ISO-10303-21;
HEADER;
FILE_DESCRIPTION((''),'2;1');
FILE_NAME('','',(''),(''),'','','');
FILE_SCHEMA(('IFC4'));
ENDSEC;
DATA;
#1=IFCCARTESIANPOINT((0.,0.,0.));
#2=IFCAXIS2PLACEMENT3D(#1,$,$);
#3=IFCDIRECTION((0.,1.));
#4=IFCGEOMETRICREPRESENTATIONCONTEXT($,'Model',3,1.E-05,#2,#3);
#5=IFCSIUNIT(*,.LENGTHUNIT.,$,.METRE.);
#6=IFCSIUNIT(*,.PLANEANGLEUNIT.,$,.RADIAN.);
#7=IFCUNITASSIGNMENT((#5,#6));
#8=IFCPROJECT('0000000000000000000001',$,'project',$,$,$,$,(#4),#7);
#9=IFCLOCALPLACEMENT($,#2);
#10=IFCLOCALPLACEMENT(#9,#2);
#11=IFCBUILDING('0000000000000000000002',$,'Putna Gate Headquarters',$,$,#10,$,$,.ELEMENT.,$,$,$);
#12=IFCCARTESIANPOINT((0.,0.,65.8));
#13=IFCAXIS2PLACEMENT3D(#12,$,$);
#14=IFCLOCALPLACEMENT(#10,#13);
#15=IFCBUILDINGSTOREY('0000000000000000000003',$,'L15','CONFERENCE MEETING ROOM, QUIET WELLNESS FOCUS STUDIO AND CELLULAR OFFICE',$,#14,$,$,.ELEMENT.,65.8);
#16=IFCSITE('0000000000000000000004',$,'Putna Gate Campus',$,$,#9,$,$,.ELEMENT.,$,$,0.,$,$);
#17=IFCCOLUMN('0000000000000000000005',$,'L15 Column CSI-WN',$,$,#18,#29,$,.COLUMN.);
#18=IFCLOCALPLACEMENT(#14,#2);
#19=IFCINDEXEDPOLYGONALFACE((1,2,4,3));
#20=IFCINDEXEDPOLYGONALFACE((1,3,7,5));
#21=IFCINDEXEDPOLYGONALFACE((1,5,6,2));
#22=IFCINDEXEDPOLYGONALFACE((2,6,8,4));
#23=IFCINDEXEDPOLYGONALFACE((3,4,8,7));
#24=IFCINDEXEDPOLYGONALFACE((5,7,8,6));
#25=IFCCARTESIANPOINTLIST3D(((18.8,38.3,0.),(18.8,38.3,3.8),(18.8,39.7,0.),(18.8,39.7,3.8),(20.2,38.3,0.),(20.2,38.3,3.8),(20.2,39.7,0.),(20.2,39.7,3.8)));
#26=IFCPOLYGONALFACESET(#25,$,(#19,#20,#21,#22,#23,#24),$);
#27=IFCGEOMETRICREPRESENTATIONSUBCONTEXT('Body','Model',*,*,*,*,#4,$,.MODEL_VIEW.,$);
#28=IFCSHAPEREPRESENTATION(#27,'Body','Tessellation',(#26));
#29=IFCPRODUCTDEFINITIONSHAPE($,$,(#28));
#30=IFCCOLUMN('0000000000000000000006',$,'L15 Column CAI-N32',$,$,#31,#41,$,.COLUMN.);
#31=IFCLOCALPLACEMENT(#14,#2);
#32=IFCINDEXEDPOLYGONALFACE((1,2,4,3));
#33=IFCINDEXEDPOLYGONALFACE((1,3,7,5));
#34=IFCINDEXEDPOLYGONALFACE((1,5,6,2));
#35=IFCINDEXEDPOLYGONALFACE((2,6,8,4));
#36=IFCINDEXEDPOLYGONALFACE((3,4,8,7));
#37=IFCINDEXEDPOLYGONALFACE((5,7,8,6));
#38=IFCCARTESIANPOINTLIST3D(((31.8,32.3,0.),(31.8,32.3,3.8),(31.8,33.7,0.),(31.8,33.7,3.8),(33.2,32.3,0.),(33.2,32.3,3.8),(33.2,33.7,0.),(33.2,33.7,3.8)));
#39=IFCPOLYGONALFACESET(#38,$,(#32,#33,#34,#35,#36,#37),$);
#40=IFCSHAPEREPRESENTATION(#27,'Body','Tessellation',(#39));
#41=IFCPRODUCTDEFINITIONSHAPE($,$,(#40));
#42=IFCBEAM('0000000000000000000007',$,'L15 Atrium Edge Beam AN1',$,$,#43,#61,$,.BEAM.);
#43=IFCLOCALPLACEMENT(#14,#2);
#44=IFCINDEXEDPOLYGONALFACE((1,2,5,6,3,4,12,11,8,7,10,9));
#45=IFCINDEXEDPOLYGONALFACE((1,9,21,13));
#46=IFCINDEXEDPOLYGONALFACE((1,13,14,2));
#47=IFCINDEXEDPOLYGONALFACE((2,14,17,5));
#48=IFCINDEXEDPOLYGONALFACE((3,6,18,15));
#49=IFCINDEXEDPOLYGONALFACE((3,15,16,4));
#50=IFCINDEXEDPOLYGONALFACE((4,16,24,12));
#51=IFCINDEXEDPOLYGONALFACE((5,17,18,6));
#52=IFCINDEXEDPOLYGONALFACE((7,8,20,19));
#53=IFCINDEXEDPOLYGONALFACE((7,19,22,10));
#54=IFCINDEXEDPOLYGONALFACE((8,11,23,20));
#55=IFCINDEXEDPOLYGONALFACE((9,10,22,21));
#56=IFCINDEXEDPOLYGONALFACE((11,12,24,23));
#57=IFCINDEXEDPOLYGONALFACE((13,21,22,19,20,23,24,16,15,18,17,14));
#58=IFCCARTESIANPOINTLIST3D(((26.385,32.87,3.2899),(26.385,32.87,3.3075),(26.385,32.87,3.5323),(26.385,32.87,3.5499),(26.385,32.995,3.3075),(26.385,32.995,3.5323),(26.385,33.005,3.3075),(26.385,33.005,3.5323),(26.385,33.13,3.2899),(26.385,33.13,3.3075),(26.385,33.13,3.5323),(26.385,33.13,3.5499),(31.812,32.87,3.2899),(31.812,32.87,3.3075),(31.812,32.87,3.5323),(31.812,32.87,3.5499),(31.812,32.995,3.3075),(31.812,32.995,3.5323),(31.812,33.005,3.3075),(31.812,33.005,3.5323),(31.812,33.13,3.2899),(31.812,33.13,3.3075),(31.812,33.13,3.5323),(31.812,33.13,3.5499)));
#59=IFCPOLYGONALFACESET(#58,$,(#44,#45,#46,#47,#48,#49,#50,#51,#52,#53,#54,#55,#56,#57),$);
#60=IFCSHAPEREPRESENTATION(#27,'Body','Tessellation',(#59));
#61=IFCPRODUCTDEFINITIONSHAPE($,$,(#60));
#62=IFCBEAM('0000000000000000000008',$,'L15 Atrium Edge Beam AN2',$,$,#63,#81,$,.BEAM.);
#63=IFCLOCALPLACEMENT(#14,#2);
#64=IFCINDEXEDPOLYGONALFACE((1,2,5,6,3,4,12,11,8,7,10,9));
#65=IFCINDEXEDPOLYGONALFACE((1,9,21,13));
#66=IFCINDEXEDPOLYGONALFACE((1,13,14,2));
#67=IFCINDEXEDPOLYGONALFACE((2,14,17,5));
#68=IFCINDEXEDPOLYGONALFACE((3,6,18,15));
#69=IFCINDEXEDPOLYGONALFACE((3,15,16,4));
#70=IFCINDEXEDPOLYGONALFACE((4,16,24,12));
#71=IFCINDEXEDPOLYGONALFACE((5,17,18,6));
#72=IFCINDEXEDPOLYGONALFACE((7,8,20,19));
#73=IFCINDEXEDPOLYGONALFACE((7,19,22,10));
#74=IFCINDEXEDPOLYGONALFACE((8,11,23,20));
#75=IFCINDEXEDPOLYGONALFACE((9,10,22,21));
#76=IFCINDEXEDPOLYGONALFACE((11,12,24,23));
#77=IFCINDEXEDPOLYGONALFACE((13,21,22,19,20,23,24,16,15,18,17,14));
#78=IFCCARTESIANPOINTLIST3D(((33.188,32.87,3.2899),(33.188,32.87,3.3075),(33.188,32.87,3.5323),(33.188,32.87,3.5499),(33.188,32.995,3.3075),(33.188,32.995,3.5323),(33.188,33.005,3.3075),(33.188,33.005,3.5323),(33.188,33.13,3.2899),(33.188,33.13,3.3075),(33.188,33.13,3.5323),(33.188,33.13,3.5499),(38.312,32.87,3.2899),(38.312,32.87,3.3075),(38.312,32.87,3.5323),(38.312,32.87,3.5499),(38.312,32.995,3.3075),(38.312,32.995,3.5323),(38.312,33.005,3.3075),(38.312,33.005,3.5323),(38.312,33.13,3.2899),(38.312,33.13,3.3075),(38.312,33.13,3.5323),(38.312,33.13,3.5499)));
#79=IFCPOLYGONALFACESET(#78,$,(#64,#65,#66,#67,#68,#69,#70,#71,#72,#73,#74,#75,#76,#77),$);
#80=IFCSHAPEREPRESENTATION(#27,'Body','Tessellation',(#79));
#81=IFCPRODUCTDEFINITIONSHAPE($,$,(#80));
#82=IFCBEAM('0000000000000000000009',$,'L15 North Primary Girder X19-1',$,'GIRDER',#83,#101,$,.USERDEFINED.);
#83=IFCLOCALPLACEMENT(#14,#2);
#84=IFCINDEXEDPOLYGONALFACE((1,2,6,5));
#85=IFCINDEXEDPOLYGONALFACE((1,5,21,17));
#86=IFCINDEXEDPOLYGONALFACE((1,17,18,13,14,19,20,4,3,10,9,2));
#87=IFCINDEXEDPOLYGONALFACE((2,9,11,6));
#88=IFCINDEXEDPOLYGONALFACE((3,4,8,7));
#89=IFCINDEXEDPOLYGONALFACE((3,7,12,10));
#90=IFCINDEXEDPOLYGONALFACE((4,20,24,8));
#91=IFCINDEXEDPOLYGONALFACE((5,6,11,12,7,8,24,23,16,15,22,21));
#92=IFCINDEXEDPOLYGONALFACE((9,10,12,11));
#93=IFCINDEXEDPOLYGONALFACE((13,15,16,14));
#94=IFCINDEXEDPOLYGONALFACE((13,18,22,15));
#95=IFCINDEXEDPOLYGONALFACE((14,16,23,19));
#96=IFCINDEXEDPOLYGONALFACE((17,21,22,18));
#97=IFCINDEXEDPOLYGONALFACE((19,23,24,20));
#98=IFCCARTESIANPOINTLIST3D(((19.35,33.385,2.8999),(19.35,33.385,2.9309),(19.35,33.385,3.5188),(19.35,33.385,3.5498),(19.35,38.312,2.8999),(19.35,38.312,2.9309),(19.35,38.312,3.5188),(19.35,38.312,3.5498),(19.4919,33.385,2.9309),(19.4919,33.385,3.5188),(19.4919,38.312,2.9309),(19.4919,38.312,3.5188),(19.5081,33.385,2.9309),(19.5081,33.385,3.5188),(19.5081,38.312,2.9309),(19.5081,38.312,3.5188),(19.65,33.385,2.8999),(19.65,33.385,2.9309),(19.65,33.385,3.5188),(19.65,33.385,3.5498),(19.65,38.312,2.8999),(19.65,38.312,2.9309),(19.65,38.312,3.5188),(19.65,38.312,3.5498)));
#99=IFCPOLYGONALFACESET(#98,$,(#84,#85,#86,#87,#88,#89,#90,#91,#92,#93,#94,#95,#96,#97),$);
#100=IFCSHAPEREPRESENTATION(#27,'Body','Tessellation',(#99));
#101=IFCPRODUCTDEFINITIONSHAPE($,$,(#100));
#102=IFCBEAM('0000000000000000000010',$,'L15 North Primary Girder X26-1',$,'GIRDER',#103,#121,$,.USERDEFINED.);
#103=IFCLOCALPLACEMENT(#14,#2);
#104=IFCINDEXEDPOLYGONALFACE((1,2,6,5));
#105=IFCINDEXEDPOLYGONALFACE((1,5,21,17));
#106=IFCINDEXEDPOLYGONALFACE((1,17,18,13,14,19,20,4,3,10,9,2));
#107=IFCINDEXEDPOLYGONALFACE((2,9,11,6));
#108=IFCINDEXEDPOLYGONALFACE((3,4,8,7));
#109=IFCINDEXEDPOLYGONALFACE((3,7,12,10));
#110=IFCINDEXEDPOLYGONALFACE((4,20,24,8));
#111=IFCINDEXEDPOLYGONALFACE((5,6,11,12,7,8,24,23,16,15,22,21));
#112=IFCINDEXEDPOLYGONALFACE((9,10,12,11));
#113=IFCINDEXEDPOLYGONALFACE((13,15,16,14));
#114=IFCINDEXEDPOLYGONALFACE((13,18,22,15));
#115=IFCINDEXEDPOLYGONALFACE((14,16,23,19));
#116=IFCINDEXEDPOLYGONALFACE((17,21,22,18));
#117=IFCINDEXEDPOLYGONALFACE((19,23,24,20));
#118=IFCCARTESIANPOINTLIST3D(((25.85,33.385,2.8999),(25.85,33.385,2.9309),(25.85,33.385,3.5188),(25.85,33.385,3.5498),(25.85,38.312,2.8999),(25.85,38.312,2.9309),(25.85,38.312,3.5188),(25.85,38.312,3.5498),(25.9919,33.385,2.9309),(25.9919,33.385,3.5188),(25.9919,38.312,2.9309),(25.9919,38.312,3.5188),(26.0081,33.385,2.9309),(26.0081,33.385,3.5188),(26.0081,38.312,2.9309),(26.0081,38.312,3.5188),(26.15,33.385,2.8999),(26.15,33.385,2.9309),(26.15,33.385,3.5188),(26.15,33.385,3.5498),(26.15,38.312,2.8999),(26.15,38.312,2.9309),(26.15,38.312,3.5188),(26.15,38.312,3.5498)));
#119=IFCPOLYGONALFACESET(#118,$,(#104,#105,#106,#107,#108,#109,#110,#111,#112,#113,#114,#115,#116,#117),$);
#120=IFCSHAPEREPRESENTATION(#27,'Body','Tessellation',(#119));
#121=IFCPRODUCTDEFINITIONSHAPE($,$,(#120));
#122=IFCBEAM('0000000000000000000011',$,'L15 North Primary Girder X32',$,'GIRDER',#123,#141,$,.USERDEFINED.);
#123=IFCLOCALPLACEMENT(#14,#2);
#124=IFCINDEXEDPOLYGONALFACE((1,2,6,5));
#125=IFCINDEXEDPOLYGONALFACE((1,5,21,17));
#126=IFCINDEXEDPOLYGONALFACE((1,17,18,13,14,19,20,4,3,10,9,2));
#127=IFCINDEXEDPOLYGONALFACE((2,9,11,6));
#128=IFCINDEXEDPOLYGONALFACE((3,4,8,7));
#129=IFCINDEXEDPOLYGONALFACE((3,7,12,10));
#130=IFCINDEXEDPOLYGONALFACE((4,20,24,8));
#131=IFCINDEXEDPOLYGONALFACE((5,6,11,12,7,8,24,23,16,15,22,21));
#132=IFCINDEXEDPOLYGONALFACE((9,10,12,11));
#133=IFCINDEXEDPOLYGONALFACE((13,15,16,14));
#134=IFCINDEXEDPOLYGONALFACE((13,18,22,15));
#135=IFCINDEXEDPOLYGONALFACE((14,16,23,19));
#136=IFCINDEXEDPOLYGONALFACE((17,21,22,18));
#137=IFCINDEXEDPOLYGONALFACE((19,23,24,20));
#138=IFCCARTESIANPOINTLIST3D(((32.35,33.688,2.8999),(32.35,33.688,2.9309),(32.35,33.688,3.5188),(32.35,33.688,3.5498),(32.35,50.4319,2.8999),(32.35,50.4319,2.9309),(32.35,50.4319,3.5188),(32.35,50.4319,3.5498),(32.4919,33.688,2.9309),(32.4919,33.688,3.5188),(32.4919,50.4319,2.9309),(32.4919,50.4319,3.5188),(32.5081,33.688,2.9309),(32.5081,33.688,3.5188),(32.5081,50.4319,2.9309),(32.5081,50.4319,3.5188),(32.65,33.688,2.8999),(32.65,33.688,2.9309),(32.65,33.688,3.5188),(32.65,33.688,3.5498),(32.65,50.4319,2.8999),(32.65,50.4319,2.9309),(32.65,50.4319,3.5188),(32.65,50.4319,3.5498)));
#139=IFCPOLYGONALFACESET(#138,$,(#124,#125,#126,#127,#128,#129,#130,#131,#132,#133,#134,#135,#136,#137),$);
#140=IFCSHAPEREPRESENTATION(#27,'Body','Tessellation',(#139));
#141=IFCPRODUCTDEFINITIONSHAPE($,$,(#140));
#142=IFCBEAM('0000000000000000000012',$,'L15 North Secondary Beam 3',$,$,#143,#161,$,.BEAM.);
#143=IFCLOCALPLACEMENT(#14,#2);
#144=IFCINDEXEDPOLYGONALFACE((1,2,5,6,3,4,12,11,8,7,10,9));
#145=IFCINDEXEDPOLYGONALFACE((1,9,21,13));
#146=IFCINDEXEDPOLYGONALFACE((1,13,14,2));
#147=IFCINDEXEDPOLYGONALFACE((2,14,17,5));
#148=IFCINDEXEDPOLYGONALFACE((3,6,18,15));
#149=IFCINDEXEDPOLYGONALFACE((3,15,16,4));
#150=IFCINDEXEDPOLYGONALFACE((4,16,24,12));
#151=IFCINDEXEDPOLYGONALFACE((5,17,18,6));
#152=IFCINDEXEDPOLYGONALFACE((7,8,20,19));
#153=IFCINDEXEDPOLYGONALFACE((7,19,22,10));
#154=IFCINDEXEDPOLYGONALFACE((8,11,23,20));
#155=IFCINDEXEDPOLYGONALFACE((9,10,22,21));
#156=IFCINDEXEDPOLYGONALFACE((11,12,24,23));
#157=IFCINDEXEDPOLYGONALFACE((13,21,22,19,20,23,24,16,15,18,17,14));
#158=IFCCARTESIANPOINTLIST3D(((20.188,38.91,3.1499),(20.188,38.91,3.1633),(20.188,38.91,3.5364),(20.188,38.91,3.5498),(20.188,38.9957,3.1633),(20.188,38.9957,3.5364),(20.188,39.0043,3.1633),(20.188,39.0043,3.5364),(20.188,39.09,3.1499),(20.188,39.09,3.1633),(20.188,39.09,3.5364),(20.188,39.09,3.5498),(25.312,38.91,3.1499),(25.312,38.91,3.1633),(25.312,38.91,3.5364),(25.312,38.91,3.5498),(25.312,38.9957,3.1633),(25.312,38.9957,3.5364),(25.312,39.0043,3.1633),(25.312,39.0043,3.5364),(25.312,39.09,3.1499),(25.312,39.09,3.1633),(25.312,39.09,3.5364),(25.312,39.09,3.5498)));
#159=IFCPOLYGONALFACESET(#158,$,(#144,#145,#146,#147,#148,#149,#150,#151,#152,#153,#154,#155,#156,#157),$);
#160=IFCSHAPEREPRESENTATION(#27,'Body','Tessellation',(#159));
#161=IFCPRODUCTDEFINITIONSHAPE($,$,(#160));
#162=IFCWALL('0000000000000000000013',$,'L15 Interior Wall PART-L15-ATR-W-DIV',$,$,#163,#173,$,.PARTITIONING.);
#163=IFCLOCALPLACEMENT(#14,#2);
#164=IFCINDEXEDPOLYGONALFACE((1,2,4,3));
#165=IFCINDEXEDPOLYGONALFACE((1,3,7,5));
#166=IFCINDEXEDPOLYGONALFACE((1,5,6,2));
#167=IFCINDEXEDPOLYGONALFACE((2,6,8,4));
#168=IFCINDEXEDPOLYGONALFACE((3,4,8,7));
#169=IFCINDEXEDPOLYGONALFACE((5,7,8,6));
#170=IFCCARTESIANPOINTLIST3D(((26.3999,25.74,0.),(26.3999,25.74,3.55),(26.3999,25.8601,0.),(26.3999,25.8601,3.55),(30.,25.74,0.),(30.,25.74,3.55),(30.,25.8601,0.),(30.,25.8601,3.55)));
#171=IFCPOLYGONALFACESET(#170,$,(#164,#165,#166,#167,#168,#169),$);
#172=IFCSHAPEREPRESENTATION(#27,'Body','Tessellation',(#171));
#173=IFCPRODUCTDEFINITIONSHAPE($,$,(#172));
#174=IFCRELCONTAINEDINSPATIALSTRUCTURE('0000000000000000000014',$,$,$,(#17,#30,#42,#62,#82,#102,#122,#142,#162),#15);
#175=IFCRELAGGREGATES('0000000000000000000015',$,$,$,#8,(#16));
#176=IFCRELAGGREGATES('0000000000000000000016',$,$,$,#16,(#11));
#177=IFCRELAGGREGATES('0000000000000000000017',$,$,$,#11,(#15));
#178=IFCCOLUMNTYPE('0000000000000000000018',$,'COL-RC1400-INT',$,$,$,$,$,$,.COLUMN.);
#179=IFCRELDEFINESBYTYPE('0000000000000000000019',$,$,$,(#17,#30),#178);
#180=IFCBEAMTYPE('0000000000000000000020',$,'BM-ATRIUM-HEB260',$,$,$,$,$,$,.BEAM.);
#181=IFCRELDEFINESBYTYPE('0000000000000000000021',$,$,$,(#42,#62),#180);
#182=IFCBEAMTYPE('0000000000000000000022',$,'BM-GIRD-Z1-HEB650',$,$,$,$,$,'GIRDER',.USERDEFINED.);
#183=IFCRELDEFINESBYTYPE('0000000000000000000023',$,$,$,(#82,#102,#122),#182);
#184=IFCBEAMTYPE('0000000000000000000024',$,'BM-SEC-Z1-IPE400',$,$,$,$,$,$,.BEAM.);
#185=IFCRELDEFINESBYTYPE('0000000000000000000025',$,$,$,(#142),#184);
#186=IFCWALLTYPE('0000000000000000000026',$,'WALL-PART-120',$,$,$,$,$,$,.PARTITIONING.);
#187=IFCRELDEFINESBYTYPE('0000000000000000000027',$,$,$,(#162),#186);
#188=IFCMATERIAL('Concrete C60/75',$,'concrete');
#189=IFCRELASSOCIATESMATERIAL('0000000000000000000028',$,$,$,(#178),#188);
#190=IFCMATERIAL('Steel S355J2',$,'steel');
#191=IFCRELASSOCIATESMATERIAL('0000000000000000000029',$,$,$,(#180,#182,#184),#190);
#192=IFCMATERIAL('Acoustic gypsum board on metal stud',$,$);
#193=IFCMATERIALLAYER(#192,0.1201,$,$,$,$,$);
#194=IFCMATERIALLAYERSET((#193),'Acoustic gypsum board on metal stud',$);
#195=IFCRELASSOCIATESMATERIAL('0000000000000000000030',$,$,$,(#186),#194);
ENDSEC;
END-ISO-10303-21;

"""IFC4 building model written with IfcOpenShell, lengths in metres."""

from ifc_helpers import new_model, si_unit, direction, frame, frame_2d, origin, origin_2d, place, context, subcontext, project, spatial, rectangle, i_section, extrude, material, layer, layer_set, material_profile, profile_set, type_object, element, save


model = new_model("IFC4")

# Units and contexts
model_context = context("Model", 3, precision=1e-05, world=origin(), true_north=direction((0.0, 1.0)))
body_context = subcontext(model_context, "Body", "Model", "MODEL_VIEW")
ifc_project = project(units=[si_unit("LENGTHUNIT", "METRE"), si_unit("PLANEANGLEUNIT", "RADIAN")], contexts=[model_context])

# Site, building, storey
site_placement = place(None, origin())
site = spatial("IfcSite", under=ifc_project, at=site_placement, Name="Putna Gate Campus", CompositionType="ELEMENT", RefElevation=0.0)
building_placement = place(site_placement, origin())
building = spatial("IfcBuilding", under=site, at=building_placement, Name="Putna Gate Headquarters", CompositionType="ELEMENT")
storey_placement = place(building_placement, frame((0.0, 0.0, 65.8)))
storey = spatial("IfcBuildingStorey", under=building, at=storey_placement, Name="L15", Description="CONFERENCE MEETING ROOM, QUIET WELLNESS FOCUS STUDIO AND CELLULAR OFFICE", CompositionType="ELEMENT", Elevation=65.8)

# Columns
ifc_material_1 = material(Name="Concrete C60/75", Category="concrete")
ifc_material_profile_1 = material_profile(ifc_material_1, rectangle(XDim=1.3999, YDim=1.3999, at=origin_2d()), Name="Concrete C60/75")
ifc_profile_set_1 = profile_set([ifc_material_profile_1], Name="Concrete C60/75")
column_type = type_object("IfcColumnType", Name="COL-RC1400-INT", PredefinedType="COLUMN", material=ifc_profile_set_1)
for number, where, z_axis, x_axis, name in (
    (1, (19.5, 39.0, 0.0), (0.0, 0.0, 1.0), (1.0, 0.0, 0.0), "L15 Column CSI-WN"),
    (2, (32.5, 33.0, 0.0), (0.0, 0.0, 1.0), (1.0, 0.0, 0.0), "L15 Column CAI-N32"),
):
    element("IfcColumn", number, at=place(storey_placement, frame(where, z_axis=z_axis, x_axis=x_axis)), inside=storey, type_object=column_type, Name=name, PredefinedType="COLUMN", context=body_context, shape_type="SweptSolid", body=[
        extrude(rectangle(XDim=1.3999, YDim=1.3999, at=origin_2d()), origin(), (0.0, 0.0, 1.0), 3.8),
    ])

# Beams
ifc_material_2 = material(Name="Steel S355J2", Category="steel")
ifc_material_profile_2 = material_profile(ifc_material_2, i_section(OverallWidth=0.26, OverallDepth=0.26, WebThickness=0.01, FlangeThickness=0.0176, at=origin_2d()), Name="Steel S355J2")
ifc_profile_set_2 = profile_set([ifc_material_profile_2], Name="Steel S355J2")
beam_type_1 = type_object("IfcBeamType", Name="BM-ATRIUM-HEB260", PredefinedType="BEAM", material=ifc_profile_set_2)
beam_1_placement = place(storey_placement, frame((26.385, 33.0, 3.4199), z_axis=(1.0, 0.0, 0.0), x_axis=(0.0, 1.0, 0.0)))
element("IfcBeam", 3, at=beam_1_placement, inside=storey, type_object=beam_type_1, Name="L15 Atrium Edge Beam AN1", PredefinedType="BEAM", context=body_context, shape_type="SweptSolid", body=[
    extrude(i_section(OverallWidth=0.26, OverallDepth=0.26, WebThickness=0.01, FlangeThickness=0.0176, at=origin_2d()), origin(), (0.0, 0.0, 1.0), 5.427),
])
beam_2_placement = place(storey_placement, frame((33.188, 33.0, 3.4199), z_axis=(1.0, 0.0, 0.0), x_axis=(0.0, 1.0, 0.0)))
element("IfcBeam", 4, at=beam_2_placement, inside=storey, type_object=beam_type_1, Name="L15 Atrium Edge Beam AN2", PredefinedType="BEAM", context=body_context, shape_type="SweptSolid", body=[
    extrude(i_section(OverallWidth=0.26, OverallDepth=0.26, WebThickness=0.01, FlangeThickness=0.0176, at=origin_2d()), origin(), (0.0, 0.0, 1.0), 5.124),
])
ifc_material_profile_3 = material_profile(ifc_material_2, i_section(OverallWidth=0.3, OverallDepth=0.6499, WebThickness=0.0161, FlangeThickness=0.031, at=origin_2d()), Name="Steel S355J2")
ifc_profile_set_3 = profile_set([ifc_material_profile_3], Name="Steel S355J2")
beam_type_2 = type_object("IfcBeamType", Name="BM-GIRD-Z1-HEB650", ElementType="GIRDER", PredefinedType="USERDEFINED", material=ifc_profile_set_3)
for number, where, z_axis, x_axis, name in (
    (5, (19.5, 33.385, 3.2249), (0.0, 1.0, 0.0), (-1.0, 0.0, 0.0), "L15 North Primary Girder X19-1"),
    (6, (26.0, 33.385, 3.2249), (0.0, 1.0, 0.0), (-1.0, 0.0, 0.0), "L15 North Primary Girder X26-1"),
):
    element("IfcBeam", number, at=place(storey_placement, frame(where, z_axis=z_axis, x_axis=x_axis)), inside=storey, type_object=beam_type_2, Name=name, ObjectType="GIRDER", PredefinedType="USERDEFINED", context=body_context, shape_type="SweptSolid", body=[
        extrude(i_section(OverallWidth=0.3, OverallDepth=0.6499, WebThickness=0.0161, FlangeThickness=0.031, at=origin_2d()), origin(), (0.0, 0.0, 1.0), 4.927),
    ])
beam_3_placement = place(storey_placement, frame((32.5, 33.688, 3.2249), z_axis=(0.0, 1.0, 0.0), x_axis=(-1.0, 0.0, 0.0)))
element("IfcBeam", 7, at=beam_3_placement, inside=storey, type_object=beam_type_2, Name="L15 North Primary Girder X32", ObjectType="GIRDER", PredefinedType="USERDEFINED", context=body_context, shape_type="SweptSolid", body=[
    extrude(i_section(OverallWidth=0.3, OverallDepth=0.6499, WebThickness=0.0161, FlangeThickness=0.031, at=origin_2d()), origin(), (0.0, 0.0, 1.0), 16.7439),
])
ifc_material_profile_4 = material_profile(ifc_material_2, i_section(OverallWidth=0.1799, OverallDepth=0.3999, WebThickness=0.0085, FlangeThickness=0.0134, at=origin_2d()), Name="Steel S355J2")
ifc_profile_set_4 = profile_set([ifc_material_profile_4], Name="Steel S355J2")
beam_type_3 = type_object("IfcBeamType", Name="BM-SEC-Z1-IPE400", PredefinedType="BEAM", material=ifc_profile_set_4)
beam_4_placement = place(storey_placement, frame((20.188, 39.0, 3.3499), z_axis=(1.0, 0.0, 0.0), x_axis=(0.0, 1.0, 0.0)))
element("IfcBeam", 8, at=beam_4_placement, inside=storey, type_object=beam_type_3, Name="L15 North Secondary Beam 3", PredefinedType="BEAM", context=body_context, shape_type="SweptSolid", body=[
    extrude(i_section(OverallWidth=0.1799, OverallDepth=0.3999, WebThickness=0.0085, FlangeThickness=0.0134, at=origin_2d()), origin(), (0.0, 0.0, 1.0), 5.124),
])

# Wall
ifc_material_3 = material(Name="Acoustic gypsum board on metal stud")
ifc_layer_1 = layer(ifc_material_3, 0.1201)
ifc_layer_set_1 = layer_set([ifc_layer_1], Name="Acoustic gypsum board on metal stud")
wall_type_1 = type_object("IfcWallType", Name="WALL-PART-120", PredefinedType="PARTITIONING", material=ifc_layer_set_1)
wall_1_placement = place(storey_placement, frame((26.3999, 25.8, 0.0), z_axis=(0.0, 0.0, 1.0), x_axis=(1.0, 0.0, 0.0)))
element("IfcWall", 9, at=wall_1_placement, inside=storey, type_object=wall_type_1, Name="L15 Interior Wall PART-L15-ATR-W-DIV", PredefinedType="PARTITIONING", context=body_context, shape_type="SweptSolid", body=[
    extrude(rectangle(XDim=3.6001, YDim=0.1201, at=frame_2d((1.8, 0.0))), origin(), (0.0, 0.0, 1.0), 3.55),
])

save(model, "model.ifc")
